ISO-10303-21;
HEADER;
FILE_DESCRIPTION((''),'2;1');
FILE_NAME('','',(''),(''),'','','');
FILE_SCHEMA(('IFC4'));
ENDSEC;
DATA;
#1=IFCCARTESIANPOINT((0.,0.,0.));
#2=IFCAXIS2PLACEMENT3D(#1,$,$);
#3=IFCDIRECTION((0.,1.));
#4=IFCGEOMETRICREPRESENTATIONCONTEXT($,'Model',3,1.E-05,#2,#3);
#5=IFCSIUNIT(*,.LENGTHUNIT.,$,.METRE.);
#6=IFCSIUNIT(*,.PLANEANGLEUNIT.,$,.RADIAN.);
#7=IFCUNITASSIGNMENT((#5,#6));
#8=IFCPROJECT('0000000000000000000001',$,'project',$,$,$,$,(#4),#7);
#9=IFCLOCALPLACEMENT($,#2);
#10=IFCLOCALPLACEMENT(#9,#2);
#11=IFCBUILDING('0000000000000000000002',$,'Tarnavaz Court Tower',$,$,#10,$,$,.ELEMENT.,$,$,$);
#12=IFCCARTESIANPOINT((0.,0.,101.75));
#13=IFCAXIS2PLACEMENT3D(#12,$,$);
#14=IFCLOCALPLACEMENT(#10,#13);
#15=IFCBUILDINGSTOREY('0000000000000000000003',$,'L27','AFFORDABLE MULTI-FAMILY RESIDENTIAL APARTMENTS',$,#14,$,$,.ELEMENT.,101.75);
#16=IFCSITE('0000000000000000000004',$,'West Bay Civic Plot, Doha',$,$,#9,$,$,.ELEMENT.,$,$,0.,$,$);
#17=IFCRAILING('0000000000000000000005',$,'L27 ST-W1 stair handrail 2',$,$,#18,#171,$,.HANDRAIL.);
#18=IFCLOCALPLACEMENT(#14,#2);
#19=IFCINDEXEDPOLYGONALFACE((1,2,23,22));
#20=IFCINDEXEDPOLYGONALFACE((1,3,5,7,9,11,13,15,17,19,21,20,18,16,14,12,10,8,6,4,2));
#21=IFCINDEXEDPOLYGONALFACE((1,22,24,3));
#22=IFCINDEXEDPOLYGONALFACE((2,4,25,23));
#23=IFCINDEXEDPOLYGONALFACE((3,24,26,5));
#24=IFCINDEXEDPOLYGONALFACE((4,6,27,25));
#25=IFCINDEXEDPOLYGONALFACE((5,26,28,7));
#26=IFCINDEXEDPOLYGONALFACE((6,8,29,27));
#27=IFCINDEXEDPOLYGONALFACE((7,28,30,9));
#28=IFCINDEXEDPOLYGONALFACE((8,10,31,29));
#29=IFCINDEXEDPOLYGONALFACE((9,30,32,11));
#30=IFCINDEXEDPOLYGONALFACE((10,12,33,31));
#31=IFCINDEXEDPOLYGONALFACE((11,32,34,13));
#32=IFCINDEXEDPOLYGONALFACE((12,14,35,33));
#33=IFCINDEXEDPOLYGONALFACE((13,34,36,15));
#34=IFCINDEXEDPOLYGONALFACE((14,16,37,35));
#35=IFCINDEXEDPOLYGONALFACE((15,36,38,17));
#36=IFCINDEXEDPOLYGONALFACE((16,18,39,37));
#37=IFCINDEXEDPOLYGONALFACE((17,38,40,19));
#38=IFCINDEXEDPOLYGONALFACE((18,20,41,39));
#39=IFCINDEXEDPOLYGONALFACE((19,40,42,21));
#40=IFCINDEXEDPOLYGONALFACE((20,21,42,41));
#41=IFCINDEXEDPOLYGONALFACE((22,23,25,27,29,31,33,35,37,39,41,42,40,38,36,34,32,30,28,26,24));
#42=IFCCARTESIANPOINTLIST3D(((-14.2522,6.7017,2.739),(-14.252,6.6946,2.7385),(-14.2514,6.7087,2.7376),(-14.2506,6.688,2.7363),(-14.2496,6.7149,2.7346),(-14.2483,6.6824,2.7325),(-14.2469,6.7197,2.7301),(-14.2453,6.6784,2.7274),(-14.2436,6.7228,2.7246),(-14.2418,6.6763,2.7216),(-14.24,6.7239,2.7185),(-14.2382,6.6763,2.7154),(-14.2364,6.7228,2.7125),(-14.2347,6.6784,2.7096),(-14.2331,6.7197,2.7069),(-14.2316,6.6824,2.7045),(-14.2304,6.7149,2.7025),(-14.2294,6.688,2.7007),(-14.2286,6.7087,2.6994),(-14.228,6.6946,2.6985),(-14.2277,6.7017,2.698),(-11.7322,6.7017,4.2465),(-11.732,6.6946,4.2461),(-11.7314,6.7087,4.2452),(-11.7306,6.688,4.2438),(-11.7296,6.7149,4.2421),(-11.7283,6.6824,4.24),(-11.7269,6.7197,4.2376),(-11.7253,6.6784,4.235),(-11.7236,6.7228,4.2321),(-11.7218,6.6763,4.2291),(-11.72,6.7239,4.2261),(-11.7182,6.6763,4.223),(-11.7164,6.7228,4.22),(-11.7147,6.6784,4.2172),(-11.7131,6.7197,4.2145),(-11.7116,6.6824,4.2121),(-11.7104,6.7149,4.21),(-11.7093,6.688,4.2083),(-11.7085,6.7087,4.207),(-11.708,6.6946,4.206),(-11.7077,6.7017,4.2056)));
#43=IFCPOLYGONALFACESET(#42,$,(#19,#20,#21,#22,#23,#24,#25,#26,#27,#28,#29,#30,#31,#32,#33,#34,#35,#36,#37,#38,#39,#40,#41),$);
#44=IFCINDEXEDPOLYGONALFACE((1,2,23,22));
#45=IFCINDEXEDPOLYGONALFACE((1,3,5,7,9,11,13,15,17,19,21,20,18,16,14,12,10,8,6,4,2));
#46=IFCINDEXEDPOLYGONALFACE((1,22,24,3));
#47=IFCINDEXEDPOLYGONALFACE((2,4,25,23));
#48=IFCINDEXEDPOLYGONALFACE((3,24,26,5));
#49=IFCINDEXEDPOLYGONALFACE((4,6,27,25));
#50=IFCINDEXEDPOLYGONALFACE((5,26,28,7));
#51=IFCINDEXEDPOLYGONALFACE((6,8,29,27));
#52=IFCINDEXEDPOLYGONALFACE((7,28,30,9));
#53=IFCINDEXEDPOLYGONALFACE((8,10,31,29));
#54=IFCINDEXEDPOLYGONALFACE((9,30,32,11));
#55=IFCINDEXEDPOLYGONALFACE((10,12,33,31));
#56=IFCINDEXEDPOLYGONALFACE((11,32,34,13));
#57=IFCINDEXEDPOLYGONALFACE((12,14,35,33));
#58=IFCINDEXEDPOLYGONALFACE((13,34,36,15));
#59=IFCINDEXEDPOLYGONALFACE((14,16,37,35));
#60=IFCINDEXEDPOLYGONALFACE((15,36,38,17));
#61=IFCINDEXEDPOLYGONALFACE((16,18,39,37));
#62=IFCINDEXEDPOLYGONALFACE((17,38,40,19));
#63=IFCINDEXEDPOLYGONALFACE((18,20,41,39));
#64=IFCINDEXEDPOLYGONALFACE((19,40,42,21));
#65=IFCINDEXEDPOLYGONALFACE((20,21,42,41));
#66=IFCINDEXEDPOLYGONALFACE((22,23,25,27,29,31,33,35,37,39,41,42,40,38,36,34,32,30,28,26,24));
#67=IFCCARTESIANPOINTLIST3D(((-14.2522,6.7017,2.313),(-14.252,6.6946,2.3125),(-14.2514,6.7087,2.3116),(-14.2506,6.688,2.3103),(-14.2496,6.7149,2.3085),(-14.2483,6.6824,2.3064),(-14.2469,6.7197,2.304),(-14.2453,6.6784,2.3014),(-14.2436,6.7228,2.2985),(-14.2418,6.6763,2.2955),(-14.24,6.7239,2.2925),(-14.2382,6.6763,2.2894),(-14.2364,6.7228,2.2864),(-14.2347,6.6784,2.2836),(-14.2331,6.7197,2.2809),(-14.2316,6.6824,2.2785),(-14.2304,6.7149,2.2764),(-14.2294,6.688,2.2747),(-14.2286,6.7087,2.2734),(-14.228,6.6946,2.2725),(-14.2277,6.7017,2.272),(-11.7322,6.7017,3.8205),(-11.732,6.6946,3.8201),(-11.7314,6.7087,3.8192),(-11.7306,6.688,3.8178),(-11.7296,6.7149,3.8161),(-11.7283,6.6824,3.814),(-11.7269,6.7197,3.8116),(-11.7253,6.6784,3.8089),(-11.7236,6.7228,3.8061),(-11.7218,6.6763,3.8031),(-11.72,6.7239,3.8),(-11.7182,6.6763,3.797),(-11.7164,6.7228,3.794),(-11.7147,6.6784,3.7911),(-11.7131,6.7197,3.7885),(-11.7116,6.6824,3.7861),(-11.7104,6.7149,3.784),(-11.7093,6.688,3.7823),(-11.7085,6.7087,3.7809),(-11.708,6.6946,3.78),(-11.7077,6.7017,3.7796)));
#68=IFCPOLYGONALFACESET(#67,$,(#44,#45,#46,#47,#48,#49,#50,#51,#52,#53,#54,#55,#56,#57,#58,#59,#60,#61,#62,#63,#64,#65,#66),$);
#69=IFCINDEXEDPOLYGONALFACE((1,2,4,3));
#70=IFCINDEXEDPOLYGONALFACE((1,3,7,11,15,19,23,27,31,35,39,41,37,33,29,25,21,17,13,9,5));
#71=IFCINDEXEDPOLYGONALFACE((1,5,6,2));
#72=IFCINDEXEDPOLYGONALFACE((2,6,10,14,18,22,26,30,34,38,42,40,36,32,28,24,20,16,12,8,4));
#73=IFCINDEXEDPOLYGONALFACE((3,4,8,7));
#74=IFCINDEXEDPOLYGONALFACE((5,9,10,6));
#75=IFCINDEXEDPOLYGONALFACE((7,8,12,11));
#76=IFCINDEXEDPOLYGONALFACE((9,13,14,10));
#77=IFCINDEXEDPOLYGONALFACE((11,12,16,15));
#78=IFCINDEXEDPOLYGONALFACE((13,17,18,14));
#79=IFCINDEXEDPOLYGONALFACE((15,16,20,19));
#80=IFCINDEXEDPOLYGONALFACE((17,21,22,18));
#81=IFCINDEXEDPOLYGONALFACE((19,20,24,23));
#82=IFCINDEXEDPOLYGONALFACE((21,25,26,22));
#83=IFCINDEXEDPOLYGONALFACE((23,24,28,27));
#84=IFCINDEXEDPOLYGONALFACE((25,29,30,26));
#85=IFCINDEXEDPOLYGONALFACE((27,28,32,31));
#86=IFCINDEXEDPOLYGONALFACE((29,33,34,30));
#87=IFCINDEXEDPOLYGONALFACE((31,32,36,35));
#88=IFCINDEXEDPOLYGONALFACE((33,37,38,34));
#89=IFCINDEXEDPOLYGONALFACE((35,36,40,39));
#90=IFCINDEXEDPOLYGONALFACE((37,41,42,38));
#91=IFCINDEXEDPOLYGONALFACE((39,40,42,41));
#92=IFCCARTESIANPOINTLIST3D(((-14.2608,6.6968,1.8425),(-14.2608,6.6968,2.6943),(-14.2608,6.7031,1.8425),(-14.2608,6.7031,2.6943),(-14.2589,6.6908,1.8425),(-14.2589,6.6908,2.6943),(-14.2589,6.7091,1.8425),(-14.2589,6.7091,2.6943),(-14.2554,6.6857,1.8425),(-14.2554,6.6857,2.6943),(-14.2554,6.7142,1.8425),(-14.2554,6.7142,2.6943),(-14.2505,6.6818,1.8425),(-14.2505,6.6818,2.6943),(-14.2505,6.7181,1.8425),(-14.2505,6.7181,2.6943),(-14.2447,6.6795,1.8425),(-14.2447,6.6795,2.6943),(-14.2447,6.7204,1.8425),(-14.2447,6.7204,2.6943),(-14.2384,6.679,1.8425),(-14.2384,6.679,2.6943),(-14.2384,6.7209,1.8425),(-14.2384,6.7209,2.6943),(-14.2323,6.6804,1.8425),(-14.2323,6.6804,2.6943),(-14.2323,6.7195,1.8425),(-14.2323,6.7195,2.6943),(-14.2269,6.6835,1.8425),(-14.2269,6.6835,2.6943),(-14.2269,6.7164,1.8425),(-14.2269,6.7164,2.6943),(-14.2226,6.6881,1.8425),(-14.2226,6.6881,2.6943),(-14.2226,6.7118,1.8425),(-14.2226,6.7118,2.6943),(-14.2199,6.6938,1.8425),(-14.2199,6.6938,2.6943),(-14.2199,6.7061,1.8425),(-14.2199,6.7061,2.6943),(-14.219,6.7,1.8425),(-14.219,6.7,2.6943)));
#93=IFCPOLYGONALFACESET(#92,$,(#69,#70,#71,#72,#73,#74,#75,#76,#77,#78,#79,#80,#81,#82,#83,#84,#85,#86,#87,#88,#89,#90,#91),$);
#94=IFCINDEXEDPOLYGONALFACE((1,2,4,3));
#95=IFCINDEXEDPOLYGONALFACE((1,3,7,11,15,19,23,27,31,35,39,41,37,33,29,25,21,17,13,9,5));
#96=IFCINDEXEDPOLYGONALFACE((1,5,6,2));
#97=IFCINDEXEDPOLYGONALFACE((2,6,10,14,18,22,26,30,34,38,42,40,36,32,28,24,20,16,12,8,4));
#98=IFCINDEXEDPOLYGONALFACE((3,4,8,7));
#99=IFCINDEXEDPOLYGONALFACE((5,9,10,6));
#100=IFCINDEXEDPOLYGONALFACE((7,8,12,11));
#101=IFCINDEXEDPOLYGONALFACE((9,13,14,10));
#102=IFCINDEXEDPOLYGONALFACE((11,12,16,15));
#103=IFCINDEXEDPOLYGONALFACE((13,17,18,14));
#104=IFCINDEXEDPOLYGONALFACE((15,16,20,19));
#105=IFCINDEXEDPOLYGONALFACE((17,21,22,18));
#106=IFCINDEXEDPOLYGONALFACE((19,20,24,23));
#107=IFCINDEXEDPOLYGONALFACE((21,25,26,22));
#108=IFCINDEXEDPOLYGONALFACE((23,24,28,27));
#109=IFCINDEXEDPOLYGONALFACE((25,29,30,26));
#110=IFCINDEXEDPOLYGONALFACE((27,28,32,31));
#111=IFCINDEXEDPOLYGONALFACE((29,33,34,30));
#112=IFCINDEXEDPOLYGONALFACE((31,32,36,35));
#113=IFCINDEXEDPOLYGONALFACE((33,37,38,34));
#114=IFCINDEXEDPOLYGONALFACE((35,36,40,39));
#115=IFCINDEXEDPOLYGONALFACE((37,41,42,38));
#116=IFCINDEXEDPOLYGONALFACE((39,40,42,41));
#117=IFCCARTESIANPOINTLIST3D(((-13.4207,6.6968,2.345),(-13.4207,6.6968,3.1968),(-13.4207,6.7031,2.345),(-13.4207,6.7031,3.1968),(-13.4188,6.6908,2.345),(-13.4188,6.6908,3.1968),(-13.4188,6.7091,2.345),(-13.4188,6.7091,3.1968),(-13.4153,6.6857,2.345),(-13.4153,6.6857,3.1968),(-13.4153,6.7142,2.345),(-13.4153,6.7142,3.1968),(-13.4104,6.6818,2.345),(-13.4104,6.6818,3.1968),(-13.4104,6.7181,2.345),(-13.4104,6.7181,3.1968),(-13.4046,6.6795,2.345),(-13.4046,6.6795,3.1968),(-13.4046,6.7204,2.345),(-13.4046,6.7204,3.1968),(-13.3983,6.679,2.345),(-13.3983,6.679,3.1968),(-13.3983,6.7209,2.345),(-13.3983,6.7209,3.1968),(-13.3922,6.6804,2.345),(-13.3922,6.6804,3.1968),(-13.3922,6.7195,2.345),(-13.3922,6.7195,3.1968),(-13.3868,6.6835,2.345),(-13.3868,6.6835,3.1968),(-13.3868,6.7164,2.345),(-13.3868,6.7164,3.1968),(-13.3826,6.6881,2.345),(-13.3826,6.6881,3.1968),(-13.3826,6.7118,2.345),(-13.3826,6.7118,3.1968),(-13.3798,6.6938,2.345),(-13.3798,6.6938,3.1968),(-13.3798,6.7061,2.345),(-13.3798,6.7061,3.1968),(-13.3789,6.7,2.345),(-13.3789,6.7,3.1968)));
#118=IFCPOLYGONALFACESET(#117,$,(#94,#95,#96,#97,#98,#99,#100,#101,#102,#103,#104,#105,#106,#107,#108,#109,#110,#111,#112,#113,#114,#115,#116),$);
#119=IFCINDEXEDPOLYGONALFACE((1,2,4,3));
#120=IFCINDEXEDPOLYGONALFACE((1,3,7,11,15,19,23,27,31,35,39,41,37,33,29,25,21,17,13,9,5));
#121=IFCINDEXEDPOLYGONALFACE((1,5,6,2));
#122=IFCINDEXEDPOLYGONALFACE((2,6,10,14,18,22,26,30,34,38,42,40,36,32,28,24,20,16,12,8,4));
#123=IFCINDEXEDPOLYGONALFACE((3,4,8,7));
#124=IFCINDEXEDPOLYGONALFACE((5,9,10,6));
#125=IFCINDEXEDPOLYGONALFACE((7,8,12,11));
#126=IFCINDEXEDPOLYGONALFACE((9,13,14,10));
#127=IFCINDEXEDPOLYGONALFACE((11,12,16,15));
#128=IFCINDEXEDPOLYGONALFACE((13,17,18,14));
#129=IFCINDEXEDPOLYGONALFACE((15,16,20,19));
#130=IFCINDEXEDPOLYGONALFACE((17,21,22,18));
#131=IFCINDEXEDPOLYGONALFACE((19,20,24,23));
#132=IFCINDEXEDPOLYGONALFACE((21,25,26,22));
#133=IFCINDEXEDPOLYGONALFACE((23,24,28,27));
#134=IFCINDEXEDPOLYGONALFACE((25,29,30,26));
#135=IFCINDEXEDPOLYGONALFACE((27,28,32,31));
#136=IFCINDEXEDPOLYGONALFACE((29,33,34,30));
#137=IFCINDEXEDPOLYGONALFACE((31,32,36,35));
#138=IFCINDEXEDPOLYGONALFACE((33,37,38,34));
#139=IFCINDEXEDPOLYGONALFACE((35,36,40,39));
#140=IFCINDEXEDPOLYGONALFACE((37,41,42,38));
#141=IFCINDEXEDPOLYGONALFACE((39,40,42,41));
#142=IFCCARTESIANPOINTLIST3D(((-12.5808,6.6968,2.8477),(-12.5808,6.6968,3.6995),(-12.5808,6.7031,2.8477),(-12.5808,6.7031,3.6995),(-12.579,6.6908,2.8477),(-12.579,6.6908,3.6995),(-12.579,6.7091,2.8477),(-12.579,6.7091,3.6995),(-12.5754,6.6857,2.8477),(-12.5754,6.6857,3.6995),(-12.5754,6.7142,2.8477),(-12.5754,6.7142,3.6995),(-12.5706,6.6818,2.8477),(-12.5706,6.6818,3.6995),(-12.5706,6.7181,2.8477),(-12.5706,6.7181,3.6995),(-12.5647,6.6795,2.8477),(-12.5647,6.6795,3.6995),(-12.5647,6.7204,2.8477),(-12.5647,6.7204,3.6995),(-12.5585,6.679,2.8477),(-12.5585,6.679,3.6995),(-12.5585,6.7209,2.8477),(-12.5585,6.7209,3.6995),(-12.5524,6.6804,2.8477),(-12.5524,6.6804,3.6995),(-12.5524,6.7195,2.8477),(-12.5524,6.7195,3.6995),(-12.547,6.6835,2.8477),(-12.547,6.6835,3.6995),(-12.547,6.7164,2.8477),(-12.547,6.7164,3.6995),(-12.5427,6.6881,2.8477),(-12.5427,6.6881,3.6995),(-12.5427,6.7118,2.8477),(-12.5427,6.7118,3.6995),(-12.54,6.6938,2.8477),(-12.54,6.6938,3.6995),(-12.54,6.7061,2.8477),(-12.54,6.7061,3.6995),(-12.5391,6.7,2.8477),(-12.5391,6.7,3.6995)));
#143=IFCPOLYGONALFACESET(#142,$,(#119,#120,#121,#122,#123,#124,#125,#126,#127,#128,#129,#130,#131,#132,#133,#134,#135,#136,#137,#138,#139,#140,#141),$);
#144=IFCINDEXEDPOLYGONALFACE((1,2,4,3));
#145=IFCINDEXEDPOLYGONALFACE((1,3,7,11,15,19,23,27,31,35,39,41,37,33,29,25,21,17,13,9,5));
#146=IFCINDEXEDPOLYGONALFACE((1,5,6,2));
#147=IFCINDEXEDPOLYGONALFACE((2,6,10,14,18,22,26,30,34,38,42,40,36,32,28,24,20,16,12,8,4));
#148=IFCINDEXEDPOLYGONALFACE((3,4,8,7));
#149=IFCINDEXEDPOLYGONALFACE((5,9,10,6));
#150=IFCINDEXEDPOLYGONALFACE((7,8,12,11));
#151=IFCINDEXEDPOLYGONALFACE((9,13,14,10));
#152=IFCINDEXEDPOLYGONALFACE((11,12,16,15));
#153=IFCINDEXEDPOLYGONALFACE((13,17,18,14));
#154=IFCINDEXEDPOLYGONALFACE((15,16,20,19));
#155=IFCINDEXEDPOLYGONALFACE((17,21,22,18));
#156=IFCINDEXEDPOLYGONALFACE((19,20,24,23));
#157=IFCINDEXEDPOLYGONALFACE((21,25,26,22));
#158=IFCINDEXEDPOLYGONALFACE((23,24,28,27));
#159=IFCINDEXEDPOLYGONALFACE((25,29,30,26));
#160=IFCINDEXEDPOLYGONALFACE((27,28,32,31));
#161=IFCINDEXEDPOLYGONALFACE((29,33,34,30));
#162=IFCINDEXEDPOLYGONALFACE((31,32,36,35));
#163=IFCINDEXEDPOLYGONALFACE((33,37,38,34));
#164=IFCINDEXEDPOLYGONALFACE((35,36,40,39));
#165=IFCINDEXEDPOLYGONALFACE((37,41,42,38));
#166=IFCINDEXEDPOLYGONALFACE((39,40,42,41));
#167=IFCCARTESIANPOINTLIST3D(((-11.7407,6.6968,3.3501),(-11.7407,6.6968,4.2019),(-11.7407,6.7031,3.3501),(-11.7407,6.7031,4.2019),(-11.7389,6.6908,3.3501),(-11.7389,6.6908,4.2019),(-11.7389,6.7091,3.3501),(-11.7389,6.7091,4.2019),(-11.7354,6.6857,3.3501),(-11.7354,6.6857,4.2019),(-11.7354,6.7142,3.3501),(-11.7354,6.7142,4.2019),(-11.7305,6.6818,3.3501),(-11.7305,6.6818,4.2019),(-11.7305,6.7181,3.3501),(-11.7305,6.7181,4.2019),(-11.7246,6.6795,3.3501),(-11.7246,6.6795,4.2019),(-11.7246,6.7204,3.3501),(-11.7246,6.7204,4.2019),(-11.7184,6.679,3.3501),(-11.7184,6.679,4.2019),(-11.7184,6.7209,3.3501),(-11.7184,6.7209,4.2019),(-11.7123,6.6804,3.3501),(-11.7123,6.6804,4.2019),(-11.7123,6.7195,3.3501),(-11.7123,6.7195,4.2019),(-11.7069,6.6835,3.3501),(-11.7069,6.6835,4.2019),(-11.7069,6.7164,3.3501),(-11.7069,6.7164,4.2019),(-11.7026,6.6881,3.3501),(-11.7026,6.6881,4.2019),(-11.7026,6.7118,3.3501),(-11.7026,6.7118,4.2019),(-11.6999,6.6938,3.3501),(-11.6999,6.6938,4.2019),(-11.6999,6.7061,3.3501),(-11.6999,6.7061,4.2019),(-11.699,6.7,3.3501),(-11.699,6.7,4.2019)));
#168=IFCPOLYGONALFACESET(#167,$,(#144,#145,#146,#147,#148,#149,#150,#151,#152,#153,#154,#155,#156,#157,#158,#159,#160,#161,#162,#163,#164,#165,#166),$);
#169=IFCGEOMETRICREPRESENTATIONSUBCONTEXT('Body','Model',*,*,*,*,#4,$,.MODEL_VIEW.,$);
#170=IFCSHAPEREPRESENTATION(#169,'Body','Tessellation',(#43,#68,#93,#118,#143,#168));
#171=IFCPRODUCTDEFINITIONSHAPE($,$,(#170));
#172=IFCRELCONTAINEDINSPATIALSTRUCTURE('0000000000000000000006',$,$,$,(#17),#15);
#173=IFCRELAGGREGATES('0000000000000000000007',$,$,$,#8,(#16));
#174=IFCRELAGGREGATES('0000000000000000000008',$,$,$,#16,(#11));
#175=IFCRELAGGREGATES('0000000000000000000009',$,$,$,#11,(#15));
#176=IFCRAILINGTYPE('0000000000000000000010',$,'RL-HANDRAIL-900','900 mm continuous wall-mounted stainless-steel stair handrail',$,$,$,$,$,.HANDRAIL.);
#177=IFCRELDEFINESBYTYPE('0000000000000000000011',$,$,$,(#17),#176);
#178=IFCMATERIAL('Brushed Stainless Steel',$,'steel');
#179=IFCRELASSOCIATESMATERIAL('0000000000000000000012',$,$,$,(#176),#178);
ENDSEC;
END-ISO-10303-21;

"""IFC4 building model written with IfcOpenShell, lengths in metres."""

from ifc_helpers import new_model, si_unit, direction, frame, origin, origin_2d, place, context, subcontext, project, spatial, circle, extrude, material, type_object, element, save


model = new_model("IFC4")

# Units and contexts
model_context = context("Model", 3, precision=1e-05, world=origin(), true_north=direction((0.0, 1.0)))
body_context = subcontext(model_context, "Body", "Model", "MODEL_VIEW")
ifc_project = project(units=[si_unit("LENGTHUNIT", "METRE"), si_unit("PLANEANGLEUNIT", "RADIAN")], contexts=[model_context])

# Site, building, storey
site_placement = place(None, origin())
site = spatial("IfcSite", under=ifc_project, at=site_placement, Name="West Bay Civic Plot, Doha", CompositionType="ELEMENT", RefElevation=0.0)
building_placement = place(site_placement, origin())
building = spatial("IfcBuilding", under=site, at=building_placement, Name="Tarnavaz Court Tower", CompositionType="ELEMENT")
storey_placement = place(building_placement, frame((0.0, 0.0, 101.75)))
storey = spatial("IfcBuildingStorey", under=building, at=storey_placement, Name="L27", Description="AFFORDABLE MULTI-FAMILY RESIDENTIAL APARTMENTS", CompositionType="ELEMENT", Elevation=101.75)

# Railing
ifc_material_1 = material(Name="Brushed Stainless Steel", Category="steel")
railing_type_1 = type_object("IfcRailingType", Name="RL-HANDRAIL-900", Description="900 mm continuous wall-mounted stainless-steel stair handrail", PredefinedType="HANDRAIL", material=ifc_material_1)
railing_1_placement = place(storey_placement, frame((-14.24, 6.7, 1.8425)))
element("IfcRailing", 1, at=railing_1_placement, inside=storey, type_object=railing_type_1, Name="L27 ST-W1 stair handrail 2", PredefinedType="HANDRAIL", context=body_context, shape_type="SweptSolid", body=[
    extrude(circle(Radius=0.0239, at=origin_2d()), frame((0.0, 0.0, 0.876), z_axis=(0.85816, 0.0, 0.513383), x_axis=(0.0, 1.0, 0.0)), (0.0, 0.0, 1.0), 2.9365),
    extrude(circle(Radius=0.0239, at=origin_2d()), frame((0.0, 0.0, 0.45), z_axis=(0.85816, 0.0, 0.513383), x_axis=(0.0, 1.0, 0.0)), (0.0, 0.0, 1.0), 2.9365),
    extrude(circle(Radius=0.021, at=origin_2d()), origin(), (0.0, 0.0, 1.0), 0.8518),
    extrude(circle(Radius=0.021, at=origin_2d()), frame((0.8401, 0.0, 0.5024)), (0.0, 0.0, 1.0), 0.8518),
    extrude(circle(Radius=0.021, at=origin_2d()), frame((1.6799, 0.0, 1.0051)), (0.0, 0.0, 1.0), 0.8518),
    extrude(circle(Radius=0.021, at=origin_2d()), frame((2.52, 0.0, 1.5076)), (0.0, 0.0, 1.0), 0.8518),
])

save(model, "model.ifc")
